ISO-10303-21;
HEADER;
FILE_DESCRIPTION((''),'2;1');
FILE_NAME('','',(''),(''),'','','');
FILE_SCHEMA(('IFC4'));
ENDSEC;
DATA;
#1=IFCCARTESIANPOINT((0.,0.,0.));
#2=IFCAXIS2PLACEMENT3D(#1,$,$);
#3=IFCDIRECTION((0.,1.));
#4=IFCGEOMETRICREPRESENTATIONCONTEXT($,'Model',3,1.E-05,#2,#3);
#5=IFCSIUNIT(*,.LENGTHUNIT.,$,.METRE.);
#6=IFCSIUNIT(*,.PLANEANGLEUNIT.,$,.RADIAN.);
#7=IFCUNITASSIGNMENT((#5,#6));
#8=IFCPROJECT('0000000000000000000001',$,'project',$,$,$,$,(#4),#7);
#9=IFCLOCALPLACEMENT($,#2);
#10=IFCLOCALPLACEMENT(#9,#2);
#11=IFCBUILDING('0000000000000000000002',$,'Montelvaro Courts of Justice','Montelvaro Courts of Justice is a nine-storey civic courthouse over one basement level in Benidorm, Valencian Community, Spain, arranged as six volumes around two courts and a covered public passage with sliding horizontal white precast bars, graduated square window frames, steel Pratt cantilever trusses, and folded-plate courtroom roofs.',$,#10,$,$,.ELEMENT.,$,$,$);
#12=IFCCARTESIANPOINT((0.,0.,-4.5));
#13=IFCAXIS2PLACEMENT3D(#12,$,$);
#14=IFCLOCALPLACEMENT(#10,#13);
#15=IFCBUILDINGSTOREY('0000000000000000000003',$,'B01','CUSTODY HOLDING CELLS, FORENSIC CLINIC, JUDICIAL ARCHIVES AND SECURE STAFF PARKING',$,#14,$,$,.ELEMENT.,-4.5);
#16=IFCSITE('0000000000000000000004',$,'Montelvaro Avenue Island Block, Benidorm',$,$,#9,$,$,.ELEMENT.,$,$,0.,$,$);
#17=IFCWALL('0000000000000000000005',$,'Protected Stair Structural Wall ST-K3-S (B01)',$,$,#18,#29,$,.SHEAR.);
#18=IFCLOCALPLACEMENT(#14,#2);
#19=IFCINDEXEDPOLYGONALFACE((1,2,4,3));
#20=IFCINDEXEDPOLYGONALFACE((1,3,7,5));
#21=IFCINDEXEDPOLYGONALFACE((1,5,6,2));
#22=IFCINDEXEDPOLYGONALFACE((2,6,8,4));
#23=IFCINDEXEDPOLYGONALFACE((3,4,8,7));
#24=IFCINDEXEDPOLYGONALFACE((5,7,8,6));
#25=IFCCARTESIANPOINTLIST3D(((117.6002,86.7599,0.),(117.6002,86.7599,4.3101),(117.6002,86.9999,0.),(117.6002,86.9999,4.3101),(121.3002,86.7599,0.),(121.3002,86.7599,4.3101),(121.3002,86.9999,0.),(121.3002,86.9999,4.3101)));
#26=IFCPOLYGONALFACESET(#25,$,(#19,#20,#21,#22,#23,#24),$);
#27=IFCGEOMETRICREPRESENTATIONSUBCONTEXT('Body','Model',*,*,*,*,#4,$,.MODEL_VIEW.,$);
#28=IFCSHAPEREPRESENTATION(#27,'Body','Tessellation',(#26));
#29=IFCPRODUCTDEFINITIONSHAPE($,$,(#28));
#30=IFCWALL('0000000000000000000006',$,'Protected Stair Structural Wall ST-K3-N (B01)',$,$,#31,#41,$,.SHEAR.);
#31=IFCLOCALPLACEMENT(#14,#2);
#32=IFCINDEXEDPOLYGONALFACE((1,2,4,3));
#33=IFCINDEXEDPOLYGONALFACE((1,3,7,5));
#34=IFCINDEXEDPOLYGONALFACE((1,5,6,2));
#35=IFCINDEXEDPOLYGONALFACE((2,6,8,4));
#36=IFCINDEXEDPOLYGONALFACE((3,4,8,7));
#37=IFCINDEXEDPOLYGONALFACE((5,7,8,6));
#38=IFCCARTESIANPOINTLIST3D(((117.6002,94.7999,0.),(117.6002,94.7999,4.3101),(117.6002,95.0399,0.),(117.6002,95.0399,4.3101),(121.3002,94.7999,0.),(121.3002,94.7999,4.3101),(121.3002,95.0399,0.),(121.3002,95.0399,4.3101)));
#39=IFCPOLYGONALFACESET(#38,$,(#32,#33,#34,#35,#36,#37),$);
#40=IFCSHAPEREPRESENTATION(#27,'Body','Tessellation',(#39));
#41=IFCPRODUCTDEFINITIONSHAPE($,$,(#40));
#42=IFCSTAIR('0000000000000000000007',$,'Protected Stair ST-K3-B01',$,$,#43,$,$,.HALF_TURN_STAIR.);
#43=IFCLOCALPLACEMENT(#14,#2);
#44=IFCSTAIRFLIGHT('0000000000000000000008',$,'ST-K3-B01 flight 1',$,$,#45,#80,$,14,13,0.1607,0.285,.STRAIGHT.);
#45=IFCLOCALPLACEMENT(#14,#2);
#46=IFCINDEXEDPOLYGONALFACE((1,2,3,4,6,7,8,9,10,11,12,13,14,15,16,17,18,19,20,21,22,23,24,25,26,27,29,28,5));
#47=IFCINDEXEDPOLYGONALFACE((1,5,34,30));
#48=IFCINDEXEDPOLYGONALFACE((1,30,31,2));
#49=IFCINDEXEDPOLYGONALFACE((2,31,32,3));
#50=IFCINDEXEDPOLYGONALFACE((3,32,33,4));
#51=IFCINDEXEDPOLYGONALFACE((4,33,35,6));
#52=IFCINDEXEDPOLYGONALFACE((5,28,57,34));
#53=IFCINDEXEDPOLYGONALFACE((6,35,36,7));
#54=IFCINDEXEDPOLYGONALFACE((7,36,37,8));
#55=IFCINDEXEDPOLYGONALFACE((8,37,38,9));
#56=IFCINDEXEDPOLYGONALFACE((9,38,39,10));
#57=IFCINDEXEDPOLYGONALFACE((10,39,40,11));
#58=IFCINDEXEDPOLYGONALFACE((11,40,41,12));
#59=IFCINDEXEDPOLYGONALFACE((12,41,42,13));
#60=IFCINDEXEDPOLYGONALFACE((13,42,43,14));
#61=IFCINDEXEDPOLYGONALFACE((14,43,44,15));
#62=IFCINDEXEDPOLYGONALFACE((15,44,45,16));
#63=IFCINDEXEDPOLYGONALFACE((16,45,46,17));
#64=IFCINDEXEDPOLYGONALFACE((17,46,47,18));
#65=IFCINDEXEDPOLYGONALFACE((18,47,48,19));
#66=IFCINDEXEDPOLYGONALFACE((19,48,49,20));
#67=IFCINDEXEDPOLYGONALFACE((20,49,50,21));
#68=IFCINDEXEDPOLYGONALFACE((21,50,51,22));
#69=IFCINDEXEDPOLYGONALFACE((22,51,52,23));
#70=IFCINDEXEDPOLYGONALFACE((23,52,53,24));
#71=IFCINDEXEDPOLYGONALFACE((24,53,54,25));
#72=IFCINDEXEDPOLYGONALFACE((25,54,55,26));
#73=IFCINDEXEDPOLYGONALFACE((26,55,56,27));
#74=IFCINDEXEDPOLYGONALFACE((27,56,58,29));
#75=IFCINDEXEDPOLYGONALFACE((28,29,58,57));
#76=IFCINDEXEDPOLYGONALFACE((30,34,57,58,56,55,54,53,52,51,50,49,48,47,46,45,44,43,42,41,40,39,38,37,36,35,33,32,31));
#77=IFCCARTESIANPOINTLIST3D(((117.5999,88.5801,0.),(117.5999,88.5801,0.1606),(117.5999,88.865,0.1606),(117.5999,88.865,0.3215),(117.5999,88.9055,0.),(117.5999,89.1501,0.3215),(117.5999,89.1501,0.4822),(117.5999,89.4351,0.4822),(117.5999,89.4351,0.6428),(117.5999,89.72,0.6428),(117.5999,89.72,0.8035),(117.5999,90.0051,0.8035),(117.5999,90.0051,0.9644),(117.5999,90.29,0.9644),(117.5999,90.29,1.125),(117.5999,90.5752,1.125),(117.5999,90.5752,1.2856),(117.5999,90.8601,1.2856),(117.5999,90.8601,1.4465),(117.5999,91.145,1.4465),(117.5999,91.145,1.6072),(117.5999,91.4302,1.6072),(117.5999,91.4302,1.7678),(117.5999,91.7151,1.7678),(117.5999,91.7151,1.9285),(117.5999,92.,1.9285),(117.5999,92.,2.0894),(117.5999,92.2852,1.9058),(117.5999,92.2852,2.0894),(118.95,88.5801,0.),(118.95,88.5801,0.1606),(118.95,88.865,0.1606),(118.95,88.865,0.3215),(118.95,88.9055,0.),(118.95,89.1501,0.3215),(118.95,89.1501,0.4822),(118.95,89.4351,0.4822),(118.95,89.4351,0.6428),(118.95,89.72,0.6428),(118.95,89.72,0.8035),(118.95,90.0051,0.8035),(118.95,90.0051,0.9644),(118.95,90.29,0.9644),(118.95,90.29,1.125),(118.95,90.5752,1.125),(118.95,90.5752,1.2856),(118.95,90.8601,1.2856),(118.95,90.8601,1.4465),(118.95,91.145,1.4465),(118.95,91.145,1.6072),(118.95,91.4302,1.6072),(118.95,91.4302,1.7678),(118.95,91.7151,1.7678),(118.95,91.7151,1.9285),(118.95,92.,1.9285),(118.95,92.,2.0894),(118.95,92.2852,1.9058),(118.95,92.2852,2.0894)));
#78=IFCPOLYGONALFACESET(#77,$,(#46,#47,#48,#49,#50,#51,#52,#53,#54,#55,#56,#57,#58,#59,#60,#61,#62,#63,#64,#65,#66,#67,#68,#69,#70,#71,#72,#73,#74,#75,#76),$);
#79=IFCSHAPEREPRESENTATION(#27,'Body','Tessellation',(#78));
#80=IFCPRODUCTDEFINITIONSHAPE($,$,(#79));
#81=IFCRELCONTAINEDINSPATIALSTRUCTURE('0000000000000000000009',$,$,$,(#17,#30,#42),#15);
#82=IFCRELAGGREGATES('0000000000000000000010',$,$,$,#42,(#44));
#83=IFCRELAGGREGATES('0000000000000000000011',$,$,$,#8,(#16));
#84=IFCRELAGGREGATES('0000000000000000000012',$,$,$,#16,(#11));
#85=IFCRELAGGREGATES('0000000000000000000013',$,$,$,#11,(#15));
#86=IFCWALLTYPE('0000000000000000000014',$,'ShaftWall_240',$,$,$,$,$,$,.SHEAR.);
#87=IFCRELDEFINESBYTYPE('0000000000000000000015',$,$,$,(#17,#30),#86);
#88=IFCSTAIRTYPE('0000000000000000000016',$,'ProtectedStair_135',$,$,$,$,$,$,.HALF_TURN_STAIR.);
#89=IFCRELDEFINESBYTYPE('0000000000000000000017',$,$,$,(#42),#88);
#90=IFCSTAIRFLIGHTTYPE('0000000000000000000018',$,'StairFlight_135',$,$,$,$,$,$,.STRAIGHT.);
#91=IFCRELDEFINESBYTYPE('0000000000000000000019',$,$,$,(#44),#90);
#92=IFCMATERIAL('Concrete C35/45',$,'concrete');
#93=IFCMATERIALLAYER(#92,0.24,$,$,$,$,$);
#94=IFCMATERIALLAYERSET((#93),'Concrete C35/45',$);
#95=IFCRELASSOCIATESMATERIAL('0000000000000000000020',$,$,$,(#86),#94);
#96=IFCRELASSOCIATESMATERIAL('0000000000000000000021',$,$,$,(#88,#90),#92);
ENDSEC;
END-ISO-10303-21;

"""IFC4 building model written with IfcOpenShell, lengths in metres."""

from ifc_helpers import new_model, si_unit, direction, frame, frame_2d, origin, place, context, subcontext, project, spatial, polyline, rectangle, outline, extrude, material, layer, layer_set, type_object, element, aggregate, save


model = new_model("IFC4")

# Units and contexts
model_context = context("Model", 3, precision=1e-05, world=origin(), true_north=direction((0.0, 1.0)))
body_context = subcontext(model_context, "Body", "Model", "MODEL_VIEW")
ifc_project = project(units=[si_unit("LENGTHUNIT", "METRE"), si_unit("PLANEANGLEUNIT", "RADIAN")], contexts=[model_context])

# Site, building, storey
site_placement = place(None, origin())
site = spatial("IfcSite", under=ifc_project, at=site_placement, Name="Montelvaro Avenue Island Block, Benidorm", CompositionType="ELEMENT", RefElevation=0.0)
building_placement = place(site_placement, origin())
building = spatial("IfcBuilding", under=site, at=building_placement, Name="Montelvaro Courts of Justice", Description="Montelvaro Courts of Justice is a nine-storey civic courthouse over one basement level in Benidorm, Valencian Community, Spain, arranged as six volumes around two courts and a covered public passage with sliding horizontal white precast bars, graduated square window frames, steel Pratt cantilever trusses, and folded-plate courtroom roofs.", CompositionType="ELEMENT")
storey_placement = place(building_placement, frame((0.0, 0.0, -4.5)))
storey = spatial("IfcBuildingStorey", under=building, at=storey_placement, Name="B01", Description="CUSTODY HOLDING CELLS, FORENSIC CLINIC, JUDICIAL ARCHIVES AND SECURE STAFF PARKING", CompositionType="ELEMENT", Elevation=-4.5)

# Shared definitions
ifc_material_1 = material(Name="Concrete C35/45", Category="concrete")

# Walls
ifc_layer_1 = layer(ifc_material_1, 0.24)
ifc_layer_set_1 = layer_set([ifc_layer_1], Name="Concrete C35/45")
wall_type_1 = type_object("IfcWallType", Name="ShaftWall_240", PredefinedType="SHEAR", material=ifc_layer_set_1)
for number, where, z_axis, x_axis, name in (
    (1, (117.6001, 86.8799, 0.0), (0.0, 0.0, 1.0), (1.0, 0.0, 0.0), "Protected Stair Structural Wall ST-K3-S (B01)"),
    (2, (117.6001, 94.9199, 0.0), (0.0, 0.0, 1.0), (1.0, 0.0, 0.0), "Protected Stair Structural Wall ST-K3-N (B01)"),
):
    element("IfcWall", number, at=place(storey_placement, frame(where, z_axis=z_axis, x_axis=x_axis)), inside=storey, type_object=wall_type_1, Name=name, PredefinedType="SHEAR", context=body_context, shape_type="SweptSolid", body=[
        extrude(rectangle(XDim=3.7, YDim=0.24, at=frame_2d((1.8501, 0.0))), origin(), (0.0, 0.0, 1.0), 4.3101),
    ])

# Stair, stair flight
stair_type = type_object("IfcStairType", Name="ProtectedStair_135", PredefinedType="HALF_TURN_STAIR", material=ifc_material_1)
stair_placement = place(storey_placement, origin())
stair = element("IfcStair", 3, at=stair_placement, inside=storey, type_object=stair_type, Name="Protected Stair ST-K3-B01", PredefinedType="HALF_TURN_STAIR")
stair_flight_type = type_object("IfcStairFlightType", Name="StairFlight_135", PredefinedType="STRAIGHT", material=ifc_material_1)
stair_flight_placement = place(storey_placement, frame((118.2749, 88.5801, 0.0), z_axis=(0.0, 0.0, 1.0), x_axis=(0.0, 1.0, 0.0)))
stair_flight = element("IfcStairFlight", 4, at=stair_flight_placement, type_object=stair_flight_type, Name="ST-K3-B01 flight 1", NumberOfRisers=14, NumberOfTreads=13, PredefinedType="STRAIGHT", RiserHeight=0.1607, TreadLength=0.285, context=body_context, shape_type="SweptSolid", body=[
    extrude(outline(polyline([(0.0, 0.0), (0.0, 0.1606), (0.2849, 0.1606), (0.2849, 0.3215), (0.5701, 0.3215), (0.5701, 0.4822), (0.855, 0.4822), (0.855, 0.6428), (1.1399, 0.6428), (1.1399, 0.8035), (1.425, 0.8035), (1.425, 0.9644), (1.71, 0.9644), (1.71, 1.125), (1.9951, 1.125), (1.9951, 1.2856), (2.28, 1.2856), (2.28, 1.4465), (2.5649, 1.4465), (2.5649, 1.6072), (2.8501, 1.6072), (2.8501, 1.7678), (3.135, 1.7678), (3.135, 1.9285), (3.4199, 1.9285), (3.4199, 2.0894), (3.7051, 2.0894), (3.7051, 2.25), (3.7051, 1.9058), (0.3254, 0.0), (0.0, 0.0)])), frame((0.0, 0.675, 0.0), z_axis=(0.0, -1.0, 0.0), x_axis=(1.0, 0.0, 0.0)), (0.0, 0.0, 1.0), 1.3501),
])
aggregate(stair, [stair_flight])

save(model, "model.ifc")
